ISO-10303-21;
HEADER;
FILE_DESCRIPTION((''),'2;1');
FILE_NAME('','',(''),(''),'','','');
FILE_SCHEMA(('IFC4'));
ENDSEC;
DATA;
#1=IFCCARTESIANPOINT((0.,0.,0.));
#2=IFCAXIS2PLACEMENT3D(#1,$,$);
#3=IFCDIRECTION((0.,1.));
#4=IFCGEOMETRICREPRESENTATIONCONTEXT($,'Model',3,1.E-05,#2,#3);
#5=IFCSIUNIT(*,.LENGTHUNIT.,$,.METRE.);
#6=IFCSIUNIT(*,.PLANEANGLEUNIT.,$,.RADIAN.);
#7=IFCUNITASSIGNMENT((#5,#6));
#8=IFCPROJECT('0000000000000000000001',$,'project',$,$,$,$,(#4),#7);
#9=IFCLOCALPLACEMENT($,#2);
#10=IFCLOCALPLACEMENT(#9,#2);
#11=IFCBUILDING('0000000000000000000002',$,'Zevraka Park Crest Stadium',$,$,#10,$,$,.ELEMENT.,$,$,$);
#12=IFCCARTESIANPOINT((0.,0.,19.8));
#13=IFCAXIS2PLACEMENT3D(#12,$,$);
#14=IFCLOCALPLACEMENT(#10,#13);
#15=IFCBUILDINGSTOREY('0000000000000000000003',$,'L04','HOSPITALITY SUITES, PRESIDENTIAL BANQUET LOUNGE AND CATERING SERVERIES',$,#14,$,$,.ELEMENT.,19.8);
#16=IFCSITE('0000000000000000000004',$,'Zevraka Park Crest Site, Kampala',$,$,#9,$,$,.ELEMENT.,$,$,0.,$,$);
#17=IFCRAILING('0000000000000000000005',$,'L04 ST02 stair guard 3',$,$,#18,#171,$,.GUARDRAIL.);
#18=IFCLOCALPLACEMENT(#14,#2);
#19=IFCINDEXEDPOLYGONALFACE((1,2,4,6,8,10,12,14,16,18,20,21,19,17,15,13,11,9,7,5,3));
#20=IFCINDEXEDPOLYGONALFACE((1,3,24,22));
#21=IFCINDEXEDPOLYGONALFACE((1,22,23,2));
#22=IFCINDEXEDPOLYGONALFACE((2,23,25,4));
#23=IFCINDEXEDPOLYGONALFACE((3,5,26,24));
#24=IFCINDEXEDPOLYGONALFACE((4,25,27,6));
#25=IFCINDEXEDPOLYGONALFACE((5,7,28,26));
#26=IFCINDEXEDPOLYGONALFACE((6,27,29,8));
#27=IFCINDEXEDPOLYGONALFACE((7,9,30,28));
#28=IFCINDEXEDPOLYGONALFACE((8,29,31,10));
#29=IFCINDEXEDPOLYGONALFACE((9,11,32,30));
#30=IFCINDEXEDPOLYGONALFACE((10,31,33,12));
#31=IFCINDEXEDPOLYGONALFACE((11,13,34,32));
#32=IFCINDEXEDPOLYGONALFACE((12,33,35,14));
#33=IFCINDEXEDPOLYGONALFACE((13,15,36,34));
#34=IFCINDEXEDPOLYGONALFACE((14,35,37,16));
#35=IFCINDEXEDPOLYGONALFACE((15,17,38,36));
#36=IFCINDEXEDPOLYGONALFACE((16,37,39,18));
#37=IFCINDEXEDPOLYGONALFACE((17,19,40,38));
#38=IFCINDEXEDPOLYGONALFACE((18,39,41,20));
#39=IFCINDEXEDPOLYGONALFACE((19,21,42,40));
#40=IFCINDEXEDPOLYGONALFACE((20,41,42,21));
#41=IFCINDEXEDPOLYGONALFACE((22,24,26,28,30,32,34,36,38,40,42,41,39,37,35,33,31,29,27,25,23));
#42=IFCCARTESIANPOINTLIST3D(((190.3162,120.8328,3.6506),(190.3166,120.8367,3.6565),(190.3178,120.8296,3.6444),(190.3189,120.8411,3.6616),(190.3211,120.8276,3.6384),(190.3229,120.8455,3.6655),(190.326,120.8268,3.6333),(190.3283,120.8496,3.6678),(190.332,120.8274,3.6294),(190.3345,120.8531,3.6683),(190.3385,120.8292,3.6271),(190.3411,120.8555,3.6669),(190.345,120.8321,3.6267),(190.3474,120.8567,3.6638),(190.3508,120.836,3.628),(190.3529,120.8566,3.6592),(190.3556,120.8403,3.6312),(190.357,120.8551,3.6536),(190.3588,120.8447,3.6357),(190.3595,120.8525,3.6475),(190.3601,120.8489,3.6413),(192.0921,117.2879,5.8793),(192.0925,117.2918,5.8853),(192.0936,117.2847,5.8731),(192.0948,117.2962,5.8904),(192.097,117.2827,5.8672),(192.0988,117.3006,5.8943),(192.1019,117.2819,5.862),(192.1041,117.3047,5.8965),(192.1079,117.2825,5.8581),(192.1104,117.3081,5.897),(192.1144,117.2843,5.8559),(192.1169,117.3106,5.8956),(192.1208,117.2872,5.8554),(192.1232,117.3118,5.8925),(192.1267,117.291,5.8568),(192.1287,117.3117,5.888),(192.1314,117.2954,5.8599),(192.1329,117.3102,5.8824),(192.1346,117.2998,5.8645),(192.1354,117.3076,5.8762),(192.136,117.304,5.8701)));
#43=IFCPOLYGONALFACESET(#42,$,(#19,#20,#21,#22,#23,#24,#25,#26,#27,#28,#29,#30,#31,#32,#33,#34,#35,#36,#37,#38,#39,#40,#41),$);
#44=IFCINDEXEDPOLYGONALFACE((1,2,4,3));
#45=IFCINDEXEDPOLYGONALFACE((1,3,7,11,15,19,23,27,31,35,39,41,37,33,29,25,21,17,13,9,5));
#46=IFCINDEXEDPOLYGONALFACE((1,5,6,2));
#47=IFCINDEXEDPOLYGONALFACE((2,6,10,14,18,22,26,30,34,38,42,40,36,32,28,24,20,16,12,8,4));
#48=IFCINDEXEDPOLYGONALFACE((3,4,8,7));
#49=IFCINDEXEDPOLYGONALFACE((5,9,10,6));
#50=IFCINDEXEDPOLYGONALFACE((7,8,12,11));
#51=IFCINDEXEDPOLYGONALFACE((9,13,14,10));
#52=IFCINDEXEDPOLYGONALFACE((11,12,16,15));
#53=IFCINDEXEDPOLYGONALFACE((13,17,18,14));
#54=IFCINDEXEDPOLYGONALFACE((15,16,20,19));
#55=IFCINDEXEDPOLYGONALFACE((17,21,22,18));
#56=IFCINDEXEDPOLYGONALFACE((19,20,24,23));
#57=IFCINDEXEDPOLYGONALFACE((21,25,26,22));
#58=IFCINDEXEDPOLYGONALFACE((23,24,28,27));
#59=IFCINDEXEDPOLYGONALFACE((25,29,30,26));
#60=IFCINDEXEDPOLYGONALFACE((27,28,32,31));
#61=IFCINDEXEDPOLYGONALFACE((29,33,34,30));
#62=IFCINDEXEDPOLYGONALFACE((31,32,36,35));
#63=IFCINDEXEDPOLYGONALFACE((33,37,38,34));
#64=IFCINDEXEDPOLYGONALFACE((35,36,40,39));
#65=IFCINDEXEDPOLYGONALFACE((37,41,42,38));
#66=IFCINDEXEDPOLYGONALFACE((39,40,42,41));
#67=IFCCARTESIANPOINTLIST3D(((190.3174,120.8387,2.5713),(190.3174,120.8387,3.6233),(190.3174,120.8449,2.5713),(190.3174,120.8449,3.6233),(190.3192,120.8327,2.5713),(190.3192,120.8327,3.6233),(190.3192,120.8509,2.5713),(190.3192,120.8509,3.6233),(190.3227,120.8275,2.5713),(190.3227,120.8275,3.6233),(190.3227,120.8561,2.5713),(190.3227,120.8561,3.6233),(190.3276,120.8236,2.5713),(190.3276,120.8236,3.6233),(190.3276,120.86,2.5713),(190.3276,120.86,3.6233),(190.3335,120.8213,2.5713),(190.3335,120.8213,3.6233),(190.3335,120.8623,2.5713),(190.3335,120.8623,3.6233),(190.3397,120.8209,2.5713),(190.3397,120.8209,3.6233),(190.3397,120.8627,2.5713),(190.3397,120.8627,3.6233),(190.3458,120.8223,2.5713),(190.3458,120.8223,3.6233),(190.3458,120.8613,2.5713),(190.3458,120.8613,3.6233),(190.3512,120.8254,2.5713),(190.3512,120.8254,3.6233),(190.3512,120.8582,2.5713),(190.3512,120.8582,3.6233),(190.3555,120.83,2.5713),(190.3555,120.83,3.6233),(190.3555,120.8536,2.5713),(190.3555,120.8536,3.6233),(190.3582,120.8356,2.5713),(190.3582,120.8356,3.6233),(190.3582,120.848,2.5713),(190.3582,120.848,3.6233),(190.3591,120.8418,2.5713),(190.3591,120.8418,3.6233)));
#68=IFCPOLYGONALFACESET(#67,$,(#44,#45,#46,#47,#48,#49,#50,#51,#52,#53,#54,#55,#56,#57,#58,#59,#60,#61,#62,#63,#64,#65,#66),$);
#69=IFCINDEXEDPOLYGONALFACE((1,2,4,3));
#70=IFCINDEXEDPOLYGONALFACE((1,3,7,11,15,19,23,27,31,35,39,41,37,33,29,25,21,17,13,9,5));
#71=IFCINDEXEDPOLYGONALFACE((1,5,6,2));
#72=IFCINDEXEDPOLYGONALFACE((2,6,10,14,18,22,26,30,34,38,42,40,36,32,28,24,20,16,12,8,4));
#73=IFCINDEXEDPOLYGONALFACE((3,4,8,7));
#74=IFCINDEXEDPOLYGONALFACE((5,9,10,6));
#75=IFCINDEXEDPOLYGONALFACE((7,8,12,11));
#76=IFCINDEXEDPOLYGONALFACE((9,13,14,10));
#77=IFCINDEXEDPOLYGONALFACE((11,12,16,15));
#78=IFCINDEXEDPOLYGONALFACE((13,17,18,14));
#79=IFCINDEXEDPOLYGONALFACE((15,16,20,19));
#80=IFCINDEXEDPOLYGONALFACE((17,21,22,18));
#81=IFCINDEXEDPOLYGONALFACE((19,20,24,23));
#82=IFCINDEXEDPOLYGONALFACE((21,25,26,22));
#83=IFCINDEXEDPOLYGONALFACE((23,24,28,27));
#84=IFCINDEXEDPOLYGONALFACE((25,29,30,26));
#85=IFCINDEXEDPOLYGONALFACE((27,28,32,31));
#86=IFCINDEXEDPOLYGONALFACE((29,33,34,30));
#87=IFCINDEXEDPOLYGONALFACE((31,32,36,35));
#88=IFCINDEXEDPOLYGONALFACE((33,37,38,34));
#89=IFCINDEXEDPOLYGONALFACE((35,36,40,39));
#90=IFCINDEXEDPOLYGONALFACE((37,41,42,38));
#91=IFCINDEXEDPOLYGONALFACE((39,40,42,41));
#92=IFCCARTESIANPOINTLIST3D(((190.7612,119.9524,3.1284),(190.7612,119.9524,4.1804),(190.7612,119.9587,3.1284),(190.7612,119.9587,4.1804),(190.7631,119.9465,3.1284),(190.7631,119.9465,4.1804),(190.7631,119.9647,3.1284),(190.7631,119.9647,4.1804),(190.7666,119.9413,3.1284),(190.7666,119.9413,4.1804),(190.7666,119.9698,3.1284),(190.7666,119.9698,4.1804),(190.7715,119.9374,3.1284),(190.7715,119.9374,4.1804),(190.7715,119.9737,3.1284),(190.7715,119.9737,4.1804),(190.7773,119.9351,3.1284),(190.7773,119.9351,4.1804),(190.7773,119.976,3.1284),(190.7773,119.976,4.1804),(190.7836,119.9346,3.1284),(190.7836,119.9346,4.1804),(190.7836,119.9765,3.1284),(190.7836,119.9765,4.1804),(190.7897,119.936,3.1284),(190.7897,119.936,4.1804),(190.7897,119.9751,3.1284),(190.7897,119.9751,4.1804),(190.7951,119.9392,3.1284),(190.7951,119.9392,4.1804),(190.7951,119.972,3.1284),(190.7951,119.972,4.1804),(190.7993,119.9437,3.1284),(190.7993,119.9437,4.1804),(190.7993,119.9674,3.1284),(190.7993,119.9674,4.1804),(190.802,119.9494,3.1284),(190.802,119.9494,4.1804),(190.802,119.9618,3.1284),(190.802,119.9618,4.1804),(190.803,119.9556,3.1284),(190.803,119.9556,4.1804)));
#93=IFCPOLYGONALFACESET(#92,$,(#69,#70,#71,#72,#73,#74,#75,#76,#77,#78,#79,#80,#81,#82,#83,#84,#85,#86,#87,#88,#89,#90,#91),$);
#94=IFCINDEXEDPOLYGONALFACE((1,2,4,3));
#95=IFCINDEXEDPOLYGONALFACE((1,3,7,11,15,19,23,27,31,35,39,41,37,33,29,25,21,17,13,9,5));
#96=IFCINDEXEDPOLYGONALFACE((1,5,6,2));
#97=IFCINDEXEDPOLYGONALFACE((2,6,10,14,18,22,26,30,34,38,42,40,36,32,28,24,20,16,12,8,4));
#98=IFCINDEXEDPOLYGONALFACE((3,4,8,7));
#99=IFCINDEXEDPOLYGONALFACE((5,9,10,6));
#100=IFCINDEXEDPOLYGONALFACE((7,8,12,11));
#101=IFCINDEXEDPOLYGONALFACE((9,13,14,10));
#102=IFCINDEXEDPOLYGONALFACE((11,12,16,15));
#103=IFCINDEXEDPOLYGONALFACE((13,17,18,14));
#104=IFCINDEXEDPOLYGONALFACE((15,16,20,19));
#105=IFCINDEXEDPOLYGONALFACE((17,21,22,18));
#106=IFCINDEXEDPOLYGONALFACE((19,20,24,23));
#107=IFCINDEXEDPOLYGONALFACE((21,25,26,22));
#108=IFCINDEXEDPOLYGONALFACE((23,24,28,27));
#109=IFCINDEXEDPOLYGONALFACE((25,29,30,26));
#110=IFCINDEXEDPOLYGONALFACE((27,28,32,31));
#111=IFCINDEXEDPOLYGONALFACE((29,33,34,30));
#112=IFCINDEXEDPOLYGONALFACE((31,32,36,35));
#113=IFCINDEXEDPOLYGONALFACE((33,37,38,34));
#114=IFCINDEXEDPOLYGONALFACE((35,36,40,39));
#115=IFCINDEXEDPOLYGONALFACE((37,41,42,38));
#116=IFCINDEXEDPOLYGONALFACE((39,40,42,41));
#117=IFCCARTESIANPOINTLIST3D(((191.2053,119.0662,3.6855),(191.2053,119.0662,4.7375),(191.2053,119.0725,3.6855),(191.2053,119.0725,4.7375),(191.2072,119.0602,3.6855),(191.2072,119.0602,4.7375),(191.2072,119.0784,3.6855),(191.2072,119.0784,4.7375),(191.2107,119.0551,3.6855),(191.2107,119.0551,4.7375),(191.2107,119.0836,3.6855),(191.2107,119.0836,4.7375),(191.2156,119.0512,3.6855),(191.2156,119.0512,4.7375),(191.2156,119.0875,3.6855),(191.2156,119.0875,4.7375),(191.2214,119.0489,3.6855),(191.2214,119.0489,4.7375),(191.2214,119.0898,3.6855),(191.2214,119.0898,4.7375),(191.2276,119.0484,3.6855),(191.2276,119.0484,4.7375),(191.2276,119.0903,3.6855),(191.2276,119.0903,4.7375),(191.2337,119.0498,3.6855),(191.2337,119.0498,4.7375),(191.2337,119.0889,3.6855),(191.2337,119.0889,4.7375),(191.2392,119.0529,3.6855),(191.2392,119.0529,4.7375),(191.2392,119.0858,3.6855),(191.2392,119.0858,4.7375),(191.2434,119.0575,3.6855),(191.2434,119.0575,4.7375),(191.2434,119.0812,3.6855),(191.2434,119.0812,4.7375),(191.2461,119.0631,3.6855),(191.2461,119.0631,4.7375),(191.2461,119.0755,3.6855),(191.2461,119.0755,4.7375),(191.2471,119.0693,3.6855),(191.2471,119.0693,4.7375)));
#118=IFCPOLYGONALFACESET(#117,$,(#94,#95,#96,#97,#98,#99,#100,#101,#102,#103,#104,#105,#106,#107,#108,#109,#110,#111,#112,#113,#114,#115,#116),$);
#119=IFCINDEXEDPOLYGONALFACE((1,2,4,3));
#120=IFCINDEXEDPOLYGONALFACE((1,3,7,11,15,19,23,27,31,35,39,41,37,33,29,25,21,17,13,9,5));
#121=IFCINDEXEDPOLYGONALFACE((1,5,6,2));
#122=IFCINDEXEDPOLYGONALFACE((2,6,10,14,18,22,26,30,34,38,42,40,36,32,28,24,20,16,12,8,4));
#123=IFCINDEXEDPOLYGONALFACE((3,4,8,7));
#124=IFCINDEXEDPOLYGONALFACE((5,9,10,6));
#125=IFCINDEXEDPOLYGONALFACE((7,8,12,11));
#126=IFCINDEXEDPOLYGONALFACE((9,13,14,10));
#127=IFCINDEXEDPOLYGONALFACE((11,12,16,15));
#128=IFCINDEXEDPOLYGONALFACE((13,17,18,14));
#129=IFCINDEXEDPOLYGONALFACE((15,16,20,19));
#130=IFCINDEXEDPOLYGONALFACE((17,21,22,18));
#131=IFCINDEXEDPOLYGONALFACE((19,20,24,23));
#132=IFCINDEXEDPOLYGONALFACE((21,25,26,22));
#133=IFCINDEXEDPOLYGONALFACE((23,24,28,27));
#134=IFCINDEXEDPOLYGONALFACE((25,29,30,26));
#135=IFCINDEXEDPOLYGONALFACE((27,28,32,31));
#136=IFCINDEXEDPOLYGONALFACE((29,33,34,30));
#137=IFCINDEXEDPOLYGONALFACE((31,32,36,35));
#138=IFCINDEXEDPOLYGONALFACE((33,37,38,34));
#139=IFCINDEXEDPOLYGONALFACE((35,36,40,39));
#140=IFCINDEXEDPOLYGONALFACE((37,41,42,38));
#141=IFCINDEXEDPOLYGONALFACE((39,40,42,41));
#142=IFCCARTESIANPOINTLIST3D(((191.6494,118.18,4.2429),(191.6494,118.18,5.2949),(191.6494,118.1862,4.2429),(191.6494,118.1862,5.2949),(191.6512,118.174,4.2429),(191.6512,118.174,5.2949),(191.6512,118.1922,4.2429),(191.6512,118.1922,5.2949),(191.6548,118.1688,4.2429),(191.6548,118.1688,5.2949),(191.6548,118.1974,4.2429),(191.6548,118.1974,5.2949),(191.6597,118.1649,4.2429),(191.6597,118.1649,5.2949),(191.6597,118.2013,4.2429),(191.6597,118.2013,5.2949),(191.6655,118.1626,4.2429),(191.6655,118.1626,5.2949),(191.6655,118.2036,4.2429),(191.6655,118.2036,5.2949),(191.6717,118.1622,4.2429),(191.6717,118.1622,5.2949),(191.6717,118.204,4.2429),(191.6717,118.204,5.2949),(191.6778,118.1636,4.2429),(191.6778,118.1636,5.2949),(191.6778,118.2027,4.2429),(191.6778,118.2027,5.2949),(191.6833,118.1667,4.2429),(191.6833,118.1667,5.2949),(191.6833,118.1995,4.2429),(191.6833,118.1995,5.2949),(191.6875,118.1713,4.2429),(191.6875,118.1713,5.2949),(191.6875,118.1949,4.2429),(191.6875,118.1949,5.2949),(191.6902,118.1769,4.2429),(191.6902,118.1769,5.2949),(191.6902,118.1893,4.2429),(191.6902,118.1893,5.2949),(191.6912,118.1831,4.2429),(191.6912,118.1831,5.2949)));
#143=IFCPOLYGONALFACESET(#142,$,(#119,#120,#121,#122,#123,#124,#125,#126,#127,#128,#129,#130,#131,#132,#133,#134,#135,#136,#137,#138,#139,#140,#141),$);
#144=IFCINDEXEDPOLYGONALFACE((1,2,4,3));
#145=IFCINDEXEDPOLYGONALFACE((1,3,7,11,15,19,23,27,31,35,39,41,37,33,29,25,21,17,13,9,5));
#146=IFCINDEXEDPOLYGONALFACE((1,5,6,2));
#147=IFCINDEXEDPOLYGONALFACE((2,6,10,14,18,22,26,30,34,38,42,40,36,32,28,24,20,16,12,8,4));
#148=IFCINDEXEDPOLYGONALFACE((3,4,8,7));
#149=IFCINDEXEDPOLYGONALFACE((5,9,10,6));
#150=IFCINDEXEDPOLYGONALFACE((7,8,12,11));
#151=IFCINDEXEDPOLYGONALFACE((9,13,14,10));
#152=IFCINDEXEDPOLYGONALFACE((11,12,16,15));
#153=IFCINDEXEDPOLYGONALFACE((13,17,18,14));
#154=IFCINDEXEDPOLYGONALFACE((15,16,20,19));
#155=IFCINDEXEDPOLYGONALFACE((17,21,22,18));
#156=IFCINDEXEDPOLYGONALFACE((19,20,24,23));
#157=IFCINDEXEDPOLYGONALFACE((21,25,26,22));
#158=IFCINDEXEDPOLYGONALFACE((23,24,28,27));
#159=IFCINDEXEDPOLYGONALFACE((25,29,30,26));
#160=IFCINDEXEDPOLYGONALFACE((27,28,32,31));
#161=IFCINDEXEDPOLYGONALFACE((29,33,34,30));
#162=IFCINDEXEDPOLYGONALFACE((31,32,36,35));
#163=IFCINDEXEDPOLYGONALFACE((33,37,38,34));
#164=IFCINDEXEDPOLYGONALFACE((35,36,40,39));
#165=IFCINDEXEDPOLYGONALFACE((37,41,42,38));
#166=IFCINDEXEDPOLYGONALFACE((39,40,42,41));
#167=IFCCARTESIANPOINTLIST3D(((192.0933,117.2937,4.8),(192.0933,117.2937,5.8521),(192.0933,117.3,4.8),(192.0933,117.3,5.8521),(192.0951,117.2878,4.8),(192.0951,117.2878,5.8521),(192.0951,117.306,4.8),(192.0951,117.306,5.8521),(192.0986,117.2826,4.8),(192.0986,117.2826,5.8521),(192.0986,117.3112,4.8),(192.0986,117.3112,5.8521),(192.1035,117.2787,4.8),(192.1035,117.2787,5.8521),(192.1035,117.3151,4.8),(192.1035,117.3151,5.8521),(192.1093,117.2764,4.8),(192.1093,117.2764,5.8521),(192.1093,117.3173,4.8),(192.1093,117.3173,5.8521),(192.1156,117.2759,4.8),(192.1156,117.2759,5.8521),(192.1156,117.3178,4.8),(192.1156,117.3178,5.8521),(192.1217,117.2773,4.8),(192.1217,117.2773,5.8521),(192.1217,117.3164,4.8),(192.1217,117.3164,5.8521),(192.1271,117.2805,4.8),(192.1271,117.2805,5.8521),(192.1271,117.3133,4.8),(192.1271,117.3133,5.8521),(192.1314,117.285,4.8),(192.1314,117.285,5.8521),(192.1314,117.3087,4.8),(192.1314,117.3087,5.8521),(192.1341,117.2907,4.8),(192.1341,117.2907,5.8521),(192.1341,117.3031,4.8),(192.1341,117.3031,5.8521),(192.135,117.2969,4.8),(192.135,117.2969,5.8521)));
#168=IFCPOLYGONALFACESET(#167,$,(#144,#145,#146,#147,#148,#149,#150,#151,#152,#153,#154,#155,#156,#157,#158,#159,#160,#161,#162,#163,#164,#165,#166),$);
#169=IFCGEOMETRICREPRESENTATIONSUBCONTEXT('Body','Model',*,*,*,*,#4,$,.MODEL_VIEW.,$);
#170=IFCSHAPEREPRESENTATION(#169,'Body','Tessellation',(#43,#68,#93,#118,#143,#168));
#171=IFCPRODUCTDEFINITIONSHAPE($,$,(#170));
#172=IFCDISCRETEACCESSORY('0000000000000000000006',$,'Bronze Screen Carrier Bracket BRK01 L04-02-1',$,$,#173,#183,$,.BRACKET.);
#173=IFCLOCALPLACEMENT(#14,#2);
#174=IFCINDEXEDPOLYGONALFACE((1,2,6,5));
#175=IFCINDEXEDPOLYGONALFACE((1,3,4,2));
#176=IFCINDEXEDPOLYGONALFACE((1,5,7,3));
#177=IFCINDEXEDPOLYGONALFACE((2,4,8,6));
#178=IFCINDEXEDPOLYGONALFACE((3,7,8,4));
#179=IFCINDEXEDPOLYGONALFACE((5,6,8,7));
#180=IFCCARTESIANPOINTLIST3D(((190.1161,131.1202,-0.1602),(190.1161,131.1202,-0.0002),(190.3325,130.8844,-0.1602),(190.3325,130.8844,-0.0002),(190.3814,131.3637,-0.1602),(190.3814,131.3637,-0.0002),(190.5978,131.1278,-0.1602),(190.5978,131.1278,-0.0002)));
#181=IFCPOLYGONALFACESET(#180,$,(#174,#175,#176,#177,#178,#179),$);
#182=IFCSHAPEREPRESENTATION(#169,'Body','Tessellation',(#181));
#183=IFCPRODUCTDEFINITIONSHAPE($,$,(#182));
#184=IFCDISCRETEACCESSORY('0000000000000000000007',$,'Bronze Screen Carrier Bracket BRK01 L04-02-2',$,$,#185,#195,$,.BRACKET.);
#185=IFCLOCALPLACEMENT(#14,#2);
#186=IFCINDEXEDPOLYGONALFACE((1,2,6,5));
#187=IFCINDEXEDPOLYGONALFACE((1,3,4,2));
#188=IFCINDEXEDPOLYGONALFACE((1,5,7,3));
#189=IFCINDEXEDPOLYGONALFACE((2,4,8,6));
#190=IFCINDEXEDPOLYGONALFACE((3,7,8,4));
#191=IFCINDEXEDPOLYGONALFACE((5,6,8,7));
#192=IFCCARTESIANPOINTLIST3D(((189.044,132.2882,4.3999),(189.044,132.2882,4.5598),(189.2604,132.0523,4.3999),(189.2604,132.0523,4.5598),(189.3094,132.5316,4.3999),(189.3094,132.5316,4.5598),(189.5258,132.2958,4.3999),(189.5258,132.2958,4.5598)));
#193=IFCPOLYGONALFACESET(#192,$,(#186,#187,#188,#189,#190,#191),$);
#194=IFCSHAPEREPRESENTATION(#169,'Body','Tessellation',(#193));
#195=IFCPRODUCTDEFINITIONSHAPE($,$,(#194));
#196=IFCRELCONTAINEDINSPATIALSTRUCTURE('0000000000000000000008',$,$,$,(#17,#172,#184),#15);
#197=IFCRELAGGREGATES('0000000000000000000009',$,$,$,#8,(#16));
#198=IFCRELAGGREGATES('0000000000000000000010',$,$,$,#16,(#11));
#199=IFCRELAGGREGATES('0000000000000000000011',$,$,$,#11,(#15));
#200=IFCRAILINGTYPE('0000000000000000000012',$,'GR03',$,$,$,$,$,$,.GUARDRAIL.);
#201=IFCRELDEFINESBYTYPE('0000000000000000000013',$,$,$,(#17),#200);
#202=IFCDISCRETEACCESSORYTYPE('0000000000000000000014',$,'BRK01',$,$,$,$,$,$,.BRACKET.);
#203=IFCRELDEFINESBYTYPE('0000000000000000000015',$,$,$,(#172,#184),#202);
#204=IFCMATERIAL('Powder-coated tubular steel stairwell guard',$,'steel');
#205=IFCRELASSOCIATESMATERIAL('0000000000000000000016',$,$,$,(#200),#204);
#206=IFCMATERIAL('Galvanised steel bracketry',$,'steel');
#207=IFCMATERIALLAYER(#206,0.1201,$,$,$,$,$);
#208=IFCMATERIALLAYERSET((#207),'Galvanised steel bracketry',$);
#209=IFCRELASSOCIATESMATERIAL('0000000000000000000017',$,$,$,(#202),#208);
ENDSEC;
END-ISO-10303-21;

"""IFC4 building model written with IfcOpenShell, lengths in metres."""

from ifc_helpers import new_model, si_unit, direction, frame, origin, origin_2d, place, context, subcontext, project, spatial, rectangle, circle, extrude, material, layer, layer_set, type_object, element, save


model = new_model("IFC4")

# Units and contexts
model_context = context("Model", 3, precision=1e-05, world=origin(), true_north=direction((0.0, 1.0)))
body_context = subcontext(model_context, "Body", "Model", "MODEL_VIEW")
ifc_project = project(units=[si_unit("LENGTHUNIT", "METRE"), si_unit("PLANEANGLEUNIT", "RADIAN")], contexts=[model_context])

# Site, building, storey
site_placement = place(None, origin())
site = spatial("IfcSite", under=ifc_project, at=site_placement, Name="Zevraka Park Crest Site, Kampala", CompositionType="ELEMENT", RefElevation=0.0)
building_placement = place(site_placement, origin())
building = spatial("IfcBuilding", under=site, at=building_placement, Name="Zevraka Park Crest Stadium", CompositionType="ELEMENT")
storey_placement = place(building_placement, frame((0.0, 0.0, 19.8)))
storey = spatial("IfcBuildingStorey", under=building, at=storey_placement, Name="L04", Description="HOSPITALITY SUITES, PRESIDENTIAL BANQUET LOUNGE AND CATERING SERVERIES", CompositionType="ELEMENT", Elevation=19.8)

# Railing
ifc_material_1 = material(Name="Powder-coated tubular steel stairwell guard", Category="steel")
railing_type_1 = type_object("IfcRailingType", Name="GR03", PredefinedType="GUARDRAIL", material=ifc_material_1)
railing_1_placement = place(storey_placement, frame((190.3381, 120.8418, 2.5713)))
element("IfcRailing", 1, at=railing_1_placement, inside=storey, type_object=railing_type_1, Name="L04 ST02 stair guard 3", PredefinedType="GUARDRAIL", context=body_context, shape_type="SweptSolid", body=[
    extrude(circle(Radius=0.0239, at=origin_2d()), frame((0.0, 0.0, 1.0762), z_axis=(0.390444, -0.779384, 0.490014), x_axis=(0.894082, 0.447903, 0.0)), (0.0, 0.0, 1.0), 4.5483),
    extrude(circle(Radius=0.021, at=origin_2d()), origin(), (0.0, 0.0, 1.0), 1.052),
    extrude(circle(Radius=0.021, at=origin_2d()), frame((0.4438, -0.8862, 0.5571)), (0.0, 0.0, 1.0), 1.052),
    extrude(circle(Radius=0.021, at=origin_2d()), frame((0.8879, -1.7725, 1.1143)), (0.0, 0.0, 1.0), 1.052),
    extrude(circle(Radius=0.021, at=origin_2d()), frame((1.332, -2.6587, 1.6716)), (0.0, 0.0, 1.0), 1.052),
    extrude(circle(Radius=0.021, at=origin_2d()), frame((1.7759, -3.5449, 2.2288)), (0.0, 0.0, 1.0), 1.052),
])

# Discrete accessories
ifc_material_2 = material(Name="Galvanised steel bracketry", Category="steel")
ifc_layer_1 = layer(ifc_material_2, 0.1201)
ifc_layer_set_1 = layer_set([ifc_layer_1], Name="Galvanised steel bracketry")
discrete_accessory_type = type_object("IfcDiscreteAccessoryType", Name="BRK01", PredefinedType="BRACKET", material=ifc_layer_set_1)
for number, where, z_axis, x_axis, name in (
    (2, (190.3569, 131.124, -0.1602), (0.0, 0.0, 1.0), (-0.676105, 0.736806, 0.0), "Bronze Screen Carrier Bracket BRK01 L04-02-1"),
    (3, (189.2849, 132.292, 4.3999), (0.0, 0.0, 1.0), (-0.676105, 0.736806, 0.0), "Bronze Screen Carrier Bracket BRK01 L04-02-2"),
):
    element("IfcDiscreteAccessory", number, at=place(storey_placement, frame(where, z_axis=z_axis, x_axis=x_axis)), inside=storey, type_object=discrete_accessory_type, Name=name, PredefinedType="BRACKET", context=body_context, shape_type="SweptSolid", body=[
        extrude(rectangle(XDim=0.3201, YDim=0.3601, at=origin_2d()), origin(), (0.0, 0.0, 1.0), 0.1599),
    ])

save(model, "model.ifc")
